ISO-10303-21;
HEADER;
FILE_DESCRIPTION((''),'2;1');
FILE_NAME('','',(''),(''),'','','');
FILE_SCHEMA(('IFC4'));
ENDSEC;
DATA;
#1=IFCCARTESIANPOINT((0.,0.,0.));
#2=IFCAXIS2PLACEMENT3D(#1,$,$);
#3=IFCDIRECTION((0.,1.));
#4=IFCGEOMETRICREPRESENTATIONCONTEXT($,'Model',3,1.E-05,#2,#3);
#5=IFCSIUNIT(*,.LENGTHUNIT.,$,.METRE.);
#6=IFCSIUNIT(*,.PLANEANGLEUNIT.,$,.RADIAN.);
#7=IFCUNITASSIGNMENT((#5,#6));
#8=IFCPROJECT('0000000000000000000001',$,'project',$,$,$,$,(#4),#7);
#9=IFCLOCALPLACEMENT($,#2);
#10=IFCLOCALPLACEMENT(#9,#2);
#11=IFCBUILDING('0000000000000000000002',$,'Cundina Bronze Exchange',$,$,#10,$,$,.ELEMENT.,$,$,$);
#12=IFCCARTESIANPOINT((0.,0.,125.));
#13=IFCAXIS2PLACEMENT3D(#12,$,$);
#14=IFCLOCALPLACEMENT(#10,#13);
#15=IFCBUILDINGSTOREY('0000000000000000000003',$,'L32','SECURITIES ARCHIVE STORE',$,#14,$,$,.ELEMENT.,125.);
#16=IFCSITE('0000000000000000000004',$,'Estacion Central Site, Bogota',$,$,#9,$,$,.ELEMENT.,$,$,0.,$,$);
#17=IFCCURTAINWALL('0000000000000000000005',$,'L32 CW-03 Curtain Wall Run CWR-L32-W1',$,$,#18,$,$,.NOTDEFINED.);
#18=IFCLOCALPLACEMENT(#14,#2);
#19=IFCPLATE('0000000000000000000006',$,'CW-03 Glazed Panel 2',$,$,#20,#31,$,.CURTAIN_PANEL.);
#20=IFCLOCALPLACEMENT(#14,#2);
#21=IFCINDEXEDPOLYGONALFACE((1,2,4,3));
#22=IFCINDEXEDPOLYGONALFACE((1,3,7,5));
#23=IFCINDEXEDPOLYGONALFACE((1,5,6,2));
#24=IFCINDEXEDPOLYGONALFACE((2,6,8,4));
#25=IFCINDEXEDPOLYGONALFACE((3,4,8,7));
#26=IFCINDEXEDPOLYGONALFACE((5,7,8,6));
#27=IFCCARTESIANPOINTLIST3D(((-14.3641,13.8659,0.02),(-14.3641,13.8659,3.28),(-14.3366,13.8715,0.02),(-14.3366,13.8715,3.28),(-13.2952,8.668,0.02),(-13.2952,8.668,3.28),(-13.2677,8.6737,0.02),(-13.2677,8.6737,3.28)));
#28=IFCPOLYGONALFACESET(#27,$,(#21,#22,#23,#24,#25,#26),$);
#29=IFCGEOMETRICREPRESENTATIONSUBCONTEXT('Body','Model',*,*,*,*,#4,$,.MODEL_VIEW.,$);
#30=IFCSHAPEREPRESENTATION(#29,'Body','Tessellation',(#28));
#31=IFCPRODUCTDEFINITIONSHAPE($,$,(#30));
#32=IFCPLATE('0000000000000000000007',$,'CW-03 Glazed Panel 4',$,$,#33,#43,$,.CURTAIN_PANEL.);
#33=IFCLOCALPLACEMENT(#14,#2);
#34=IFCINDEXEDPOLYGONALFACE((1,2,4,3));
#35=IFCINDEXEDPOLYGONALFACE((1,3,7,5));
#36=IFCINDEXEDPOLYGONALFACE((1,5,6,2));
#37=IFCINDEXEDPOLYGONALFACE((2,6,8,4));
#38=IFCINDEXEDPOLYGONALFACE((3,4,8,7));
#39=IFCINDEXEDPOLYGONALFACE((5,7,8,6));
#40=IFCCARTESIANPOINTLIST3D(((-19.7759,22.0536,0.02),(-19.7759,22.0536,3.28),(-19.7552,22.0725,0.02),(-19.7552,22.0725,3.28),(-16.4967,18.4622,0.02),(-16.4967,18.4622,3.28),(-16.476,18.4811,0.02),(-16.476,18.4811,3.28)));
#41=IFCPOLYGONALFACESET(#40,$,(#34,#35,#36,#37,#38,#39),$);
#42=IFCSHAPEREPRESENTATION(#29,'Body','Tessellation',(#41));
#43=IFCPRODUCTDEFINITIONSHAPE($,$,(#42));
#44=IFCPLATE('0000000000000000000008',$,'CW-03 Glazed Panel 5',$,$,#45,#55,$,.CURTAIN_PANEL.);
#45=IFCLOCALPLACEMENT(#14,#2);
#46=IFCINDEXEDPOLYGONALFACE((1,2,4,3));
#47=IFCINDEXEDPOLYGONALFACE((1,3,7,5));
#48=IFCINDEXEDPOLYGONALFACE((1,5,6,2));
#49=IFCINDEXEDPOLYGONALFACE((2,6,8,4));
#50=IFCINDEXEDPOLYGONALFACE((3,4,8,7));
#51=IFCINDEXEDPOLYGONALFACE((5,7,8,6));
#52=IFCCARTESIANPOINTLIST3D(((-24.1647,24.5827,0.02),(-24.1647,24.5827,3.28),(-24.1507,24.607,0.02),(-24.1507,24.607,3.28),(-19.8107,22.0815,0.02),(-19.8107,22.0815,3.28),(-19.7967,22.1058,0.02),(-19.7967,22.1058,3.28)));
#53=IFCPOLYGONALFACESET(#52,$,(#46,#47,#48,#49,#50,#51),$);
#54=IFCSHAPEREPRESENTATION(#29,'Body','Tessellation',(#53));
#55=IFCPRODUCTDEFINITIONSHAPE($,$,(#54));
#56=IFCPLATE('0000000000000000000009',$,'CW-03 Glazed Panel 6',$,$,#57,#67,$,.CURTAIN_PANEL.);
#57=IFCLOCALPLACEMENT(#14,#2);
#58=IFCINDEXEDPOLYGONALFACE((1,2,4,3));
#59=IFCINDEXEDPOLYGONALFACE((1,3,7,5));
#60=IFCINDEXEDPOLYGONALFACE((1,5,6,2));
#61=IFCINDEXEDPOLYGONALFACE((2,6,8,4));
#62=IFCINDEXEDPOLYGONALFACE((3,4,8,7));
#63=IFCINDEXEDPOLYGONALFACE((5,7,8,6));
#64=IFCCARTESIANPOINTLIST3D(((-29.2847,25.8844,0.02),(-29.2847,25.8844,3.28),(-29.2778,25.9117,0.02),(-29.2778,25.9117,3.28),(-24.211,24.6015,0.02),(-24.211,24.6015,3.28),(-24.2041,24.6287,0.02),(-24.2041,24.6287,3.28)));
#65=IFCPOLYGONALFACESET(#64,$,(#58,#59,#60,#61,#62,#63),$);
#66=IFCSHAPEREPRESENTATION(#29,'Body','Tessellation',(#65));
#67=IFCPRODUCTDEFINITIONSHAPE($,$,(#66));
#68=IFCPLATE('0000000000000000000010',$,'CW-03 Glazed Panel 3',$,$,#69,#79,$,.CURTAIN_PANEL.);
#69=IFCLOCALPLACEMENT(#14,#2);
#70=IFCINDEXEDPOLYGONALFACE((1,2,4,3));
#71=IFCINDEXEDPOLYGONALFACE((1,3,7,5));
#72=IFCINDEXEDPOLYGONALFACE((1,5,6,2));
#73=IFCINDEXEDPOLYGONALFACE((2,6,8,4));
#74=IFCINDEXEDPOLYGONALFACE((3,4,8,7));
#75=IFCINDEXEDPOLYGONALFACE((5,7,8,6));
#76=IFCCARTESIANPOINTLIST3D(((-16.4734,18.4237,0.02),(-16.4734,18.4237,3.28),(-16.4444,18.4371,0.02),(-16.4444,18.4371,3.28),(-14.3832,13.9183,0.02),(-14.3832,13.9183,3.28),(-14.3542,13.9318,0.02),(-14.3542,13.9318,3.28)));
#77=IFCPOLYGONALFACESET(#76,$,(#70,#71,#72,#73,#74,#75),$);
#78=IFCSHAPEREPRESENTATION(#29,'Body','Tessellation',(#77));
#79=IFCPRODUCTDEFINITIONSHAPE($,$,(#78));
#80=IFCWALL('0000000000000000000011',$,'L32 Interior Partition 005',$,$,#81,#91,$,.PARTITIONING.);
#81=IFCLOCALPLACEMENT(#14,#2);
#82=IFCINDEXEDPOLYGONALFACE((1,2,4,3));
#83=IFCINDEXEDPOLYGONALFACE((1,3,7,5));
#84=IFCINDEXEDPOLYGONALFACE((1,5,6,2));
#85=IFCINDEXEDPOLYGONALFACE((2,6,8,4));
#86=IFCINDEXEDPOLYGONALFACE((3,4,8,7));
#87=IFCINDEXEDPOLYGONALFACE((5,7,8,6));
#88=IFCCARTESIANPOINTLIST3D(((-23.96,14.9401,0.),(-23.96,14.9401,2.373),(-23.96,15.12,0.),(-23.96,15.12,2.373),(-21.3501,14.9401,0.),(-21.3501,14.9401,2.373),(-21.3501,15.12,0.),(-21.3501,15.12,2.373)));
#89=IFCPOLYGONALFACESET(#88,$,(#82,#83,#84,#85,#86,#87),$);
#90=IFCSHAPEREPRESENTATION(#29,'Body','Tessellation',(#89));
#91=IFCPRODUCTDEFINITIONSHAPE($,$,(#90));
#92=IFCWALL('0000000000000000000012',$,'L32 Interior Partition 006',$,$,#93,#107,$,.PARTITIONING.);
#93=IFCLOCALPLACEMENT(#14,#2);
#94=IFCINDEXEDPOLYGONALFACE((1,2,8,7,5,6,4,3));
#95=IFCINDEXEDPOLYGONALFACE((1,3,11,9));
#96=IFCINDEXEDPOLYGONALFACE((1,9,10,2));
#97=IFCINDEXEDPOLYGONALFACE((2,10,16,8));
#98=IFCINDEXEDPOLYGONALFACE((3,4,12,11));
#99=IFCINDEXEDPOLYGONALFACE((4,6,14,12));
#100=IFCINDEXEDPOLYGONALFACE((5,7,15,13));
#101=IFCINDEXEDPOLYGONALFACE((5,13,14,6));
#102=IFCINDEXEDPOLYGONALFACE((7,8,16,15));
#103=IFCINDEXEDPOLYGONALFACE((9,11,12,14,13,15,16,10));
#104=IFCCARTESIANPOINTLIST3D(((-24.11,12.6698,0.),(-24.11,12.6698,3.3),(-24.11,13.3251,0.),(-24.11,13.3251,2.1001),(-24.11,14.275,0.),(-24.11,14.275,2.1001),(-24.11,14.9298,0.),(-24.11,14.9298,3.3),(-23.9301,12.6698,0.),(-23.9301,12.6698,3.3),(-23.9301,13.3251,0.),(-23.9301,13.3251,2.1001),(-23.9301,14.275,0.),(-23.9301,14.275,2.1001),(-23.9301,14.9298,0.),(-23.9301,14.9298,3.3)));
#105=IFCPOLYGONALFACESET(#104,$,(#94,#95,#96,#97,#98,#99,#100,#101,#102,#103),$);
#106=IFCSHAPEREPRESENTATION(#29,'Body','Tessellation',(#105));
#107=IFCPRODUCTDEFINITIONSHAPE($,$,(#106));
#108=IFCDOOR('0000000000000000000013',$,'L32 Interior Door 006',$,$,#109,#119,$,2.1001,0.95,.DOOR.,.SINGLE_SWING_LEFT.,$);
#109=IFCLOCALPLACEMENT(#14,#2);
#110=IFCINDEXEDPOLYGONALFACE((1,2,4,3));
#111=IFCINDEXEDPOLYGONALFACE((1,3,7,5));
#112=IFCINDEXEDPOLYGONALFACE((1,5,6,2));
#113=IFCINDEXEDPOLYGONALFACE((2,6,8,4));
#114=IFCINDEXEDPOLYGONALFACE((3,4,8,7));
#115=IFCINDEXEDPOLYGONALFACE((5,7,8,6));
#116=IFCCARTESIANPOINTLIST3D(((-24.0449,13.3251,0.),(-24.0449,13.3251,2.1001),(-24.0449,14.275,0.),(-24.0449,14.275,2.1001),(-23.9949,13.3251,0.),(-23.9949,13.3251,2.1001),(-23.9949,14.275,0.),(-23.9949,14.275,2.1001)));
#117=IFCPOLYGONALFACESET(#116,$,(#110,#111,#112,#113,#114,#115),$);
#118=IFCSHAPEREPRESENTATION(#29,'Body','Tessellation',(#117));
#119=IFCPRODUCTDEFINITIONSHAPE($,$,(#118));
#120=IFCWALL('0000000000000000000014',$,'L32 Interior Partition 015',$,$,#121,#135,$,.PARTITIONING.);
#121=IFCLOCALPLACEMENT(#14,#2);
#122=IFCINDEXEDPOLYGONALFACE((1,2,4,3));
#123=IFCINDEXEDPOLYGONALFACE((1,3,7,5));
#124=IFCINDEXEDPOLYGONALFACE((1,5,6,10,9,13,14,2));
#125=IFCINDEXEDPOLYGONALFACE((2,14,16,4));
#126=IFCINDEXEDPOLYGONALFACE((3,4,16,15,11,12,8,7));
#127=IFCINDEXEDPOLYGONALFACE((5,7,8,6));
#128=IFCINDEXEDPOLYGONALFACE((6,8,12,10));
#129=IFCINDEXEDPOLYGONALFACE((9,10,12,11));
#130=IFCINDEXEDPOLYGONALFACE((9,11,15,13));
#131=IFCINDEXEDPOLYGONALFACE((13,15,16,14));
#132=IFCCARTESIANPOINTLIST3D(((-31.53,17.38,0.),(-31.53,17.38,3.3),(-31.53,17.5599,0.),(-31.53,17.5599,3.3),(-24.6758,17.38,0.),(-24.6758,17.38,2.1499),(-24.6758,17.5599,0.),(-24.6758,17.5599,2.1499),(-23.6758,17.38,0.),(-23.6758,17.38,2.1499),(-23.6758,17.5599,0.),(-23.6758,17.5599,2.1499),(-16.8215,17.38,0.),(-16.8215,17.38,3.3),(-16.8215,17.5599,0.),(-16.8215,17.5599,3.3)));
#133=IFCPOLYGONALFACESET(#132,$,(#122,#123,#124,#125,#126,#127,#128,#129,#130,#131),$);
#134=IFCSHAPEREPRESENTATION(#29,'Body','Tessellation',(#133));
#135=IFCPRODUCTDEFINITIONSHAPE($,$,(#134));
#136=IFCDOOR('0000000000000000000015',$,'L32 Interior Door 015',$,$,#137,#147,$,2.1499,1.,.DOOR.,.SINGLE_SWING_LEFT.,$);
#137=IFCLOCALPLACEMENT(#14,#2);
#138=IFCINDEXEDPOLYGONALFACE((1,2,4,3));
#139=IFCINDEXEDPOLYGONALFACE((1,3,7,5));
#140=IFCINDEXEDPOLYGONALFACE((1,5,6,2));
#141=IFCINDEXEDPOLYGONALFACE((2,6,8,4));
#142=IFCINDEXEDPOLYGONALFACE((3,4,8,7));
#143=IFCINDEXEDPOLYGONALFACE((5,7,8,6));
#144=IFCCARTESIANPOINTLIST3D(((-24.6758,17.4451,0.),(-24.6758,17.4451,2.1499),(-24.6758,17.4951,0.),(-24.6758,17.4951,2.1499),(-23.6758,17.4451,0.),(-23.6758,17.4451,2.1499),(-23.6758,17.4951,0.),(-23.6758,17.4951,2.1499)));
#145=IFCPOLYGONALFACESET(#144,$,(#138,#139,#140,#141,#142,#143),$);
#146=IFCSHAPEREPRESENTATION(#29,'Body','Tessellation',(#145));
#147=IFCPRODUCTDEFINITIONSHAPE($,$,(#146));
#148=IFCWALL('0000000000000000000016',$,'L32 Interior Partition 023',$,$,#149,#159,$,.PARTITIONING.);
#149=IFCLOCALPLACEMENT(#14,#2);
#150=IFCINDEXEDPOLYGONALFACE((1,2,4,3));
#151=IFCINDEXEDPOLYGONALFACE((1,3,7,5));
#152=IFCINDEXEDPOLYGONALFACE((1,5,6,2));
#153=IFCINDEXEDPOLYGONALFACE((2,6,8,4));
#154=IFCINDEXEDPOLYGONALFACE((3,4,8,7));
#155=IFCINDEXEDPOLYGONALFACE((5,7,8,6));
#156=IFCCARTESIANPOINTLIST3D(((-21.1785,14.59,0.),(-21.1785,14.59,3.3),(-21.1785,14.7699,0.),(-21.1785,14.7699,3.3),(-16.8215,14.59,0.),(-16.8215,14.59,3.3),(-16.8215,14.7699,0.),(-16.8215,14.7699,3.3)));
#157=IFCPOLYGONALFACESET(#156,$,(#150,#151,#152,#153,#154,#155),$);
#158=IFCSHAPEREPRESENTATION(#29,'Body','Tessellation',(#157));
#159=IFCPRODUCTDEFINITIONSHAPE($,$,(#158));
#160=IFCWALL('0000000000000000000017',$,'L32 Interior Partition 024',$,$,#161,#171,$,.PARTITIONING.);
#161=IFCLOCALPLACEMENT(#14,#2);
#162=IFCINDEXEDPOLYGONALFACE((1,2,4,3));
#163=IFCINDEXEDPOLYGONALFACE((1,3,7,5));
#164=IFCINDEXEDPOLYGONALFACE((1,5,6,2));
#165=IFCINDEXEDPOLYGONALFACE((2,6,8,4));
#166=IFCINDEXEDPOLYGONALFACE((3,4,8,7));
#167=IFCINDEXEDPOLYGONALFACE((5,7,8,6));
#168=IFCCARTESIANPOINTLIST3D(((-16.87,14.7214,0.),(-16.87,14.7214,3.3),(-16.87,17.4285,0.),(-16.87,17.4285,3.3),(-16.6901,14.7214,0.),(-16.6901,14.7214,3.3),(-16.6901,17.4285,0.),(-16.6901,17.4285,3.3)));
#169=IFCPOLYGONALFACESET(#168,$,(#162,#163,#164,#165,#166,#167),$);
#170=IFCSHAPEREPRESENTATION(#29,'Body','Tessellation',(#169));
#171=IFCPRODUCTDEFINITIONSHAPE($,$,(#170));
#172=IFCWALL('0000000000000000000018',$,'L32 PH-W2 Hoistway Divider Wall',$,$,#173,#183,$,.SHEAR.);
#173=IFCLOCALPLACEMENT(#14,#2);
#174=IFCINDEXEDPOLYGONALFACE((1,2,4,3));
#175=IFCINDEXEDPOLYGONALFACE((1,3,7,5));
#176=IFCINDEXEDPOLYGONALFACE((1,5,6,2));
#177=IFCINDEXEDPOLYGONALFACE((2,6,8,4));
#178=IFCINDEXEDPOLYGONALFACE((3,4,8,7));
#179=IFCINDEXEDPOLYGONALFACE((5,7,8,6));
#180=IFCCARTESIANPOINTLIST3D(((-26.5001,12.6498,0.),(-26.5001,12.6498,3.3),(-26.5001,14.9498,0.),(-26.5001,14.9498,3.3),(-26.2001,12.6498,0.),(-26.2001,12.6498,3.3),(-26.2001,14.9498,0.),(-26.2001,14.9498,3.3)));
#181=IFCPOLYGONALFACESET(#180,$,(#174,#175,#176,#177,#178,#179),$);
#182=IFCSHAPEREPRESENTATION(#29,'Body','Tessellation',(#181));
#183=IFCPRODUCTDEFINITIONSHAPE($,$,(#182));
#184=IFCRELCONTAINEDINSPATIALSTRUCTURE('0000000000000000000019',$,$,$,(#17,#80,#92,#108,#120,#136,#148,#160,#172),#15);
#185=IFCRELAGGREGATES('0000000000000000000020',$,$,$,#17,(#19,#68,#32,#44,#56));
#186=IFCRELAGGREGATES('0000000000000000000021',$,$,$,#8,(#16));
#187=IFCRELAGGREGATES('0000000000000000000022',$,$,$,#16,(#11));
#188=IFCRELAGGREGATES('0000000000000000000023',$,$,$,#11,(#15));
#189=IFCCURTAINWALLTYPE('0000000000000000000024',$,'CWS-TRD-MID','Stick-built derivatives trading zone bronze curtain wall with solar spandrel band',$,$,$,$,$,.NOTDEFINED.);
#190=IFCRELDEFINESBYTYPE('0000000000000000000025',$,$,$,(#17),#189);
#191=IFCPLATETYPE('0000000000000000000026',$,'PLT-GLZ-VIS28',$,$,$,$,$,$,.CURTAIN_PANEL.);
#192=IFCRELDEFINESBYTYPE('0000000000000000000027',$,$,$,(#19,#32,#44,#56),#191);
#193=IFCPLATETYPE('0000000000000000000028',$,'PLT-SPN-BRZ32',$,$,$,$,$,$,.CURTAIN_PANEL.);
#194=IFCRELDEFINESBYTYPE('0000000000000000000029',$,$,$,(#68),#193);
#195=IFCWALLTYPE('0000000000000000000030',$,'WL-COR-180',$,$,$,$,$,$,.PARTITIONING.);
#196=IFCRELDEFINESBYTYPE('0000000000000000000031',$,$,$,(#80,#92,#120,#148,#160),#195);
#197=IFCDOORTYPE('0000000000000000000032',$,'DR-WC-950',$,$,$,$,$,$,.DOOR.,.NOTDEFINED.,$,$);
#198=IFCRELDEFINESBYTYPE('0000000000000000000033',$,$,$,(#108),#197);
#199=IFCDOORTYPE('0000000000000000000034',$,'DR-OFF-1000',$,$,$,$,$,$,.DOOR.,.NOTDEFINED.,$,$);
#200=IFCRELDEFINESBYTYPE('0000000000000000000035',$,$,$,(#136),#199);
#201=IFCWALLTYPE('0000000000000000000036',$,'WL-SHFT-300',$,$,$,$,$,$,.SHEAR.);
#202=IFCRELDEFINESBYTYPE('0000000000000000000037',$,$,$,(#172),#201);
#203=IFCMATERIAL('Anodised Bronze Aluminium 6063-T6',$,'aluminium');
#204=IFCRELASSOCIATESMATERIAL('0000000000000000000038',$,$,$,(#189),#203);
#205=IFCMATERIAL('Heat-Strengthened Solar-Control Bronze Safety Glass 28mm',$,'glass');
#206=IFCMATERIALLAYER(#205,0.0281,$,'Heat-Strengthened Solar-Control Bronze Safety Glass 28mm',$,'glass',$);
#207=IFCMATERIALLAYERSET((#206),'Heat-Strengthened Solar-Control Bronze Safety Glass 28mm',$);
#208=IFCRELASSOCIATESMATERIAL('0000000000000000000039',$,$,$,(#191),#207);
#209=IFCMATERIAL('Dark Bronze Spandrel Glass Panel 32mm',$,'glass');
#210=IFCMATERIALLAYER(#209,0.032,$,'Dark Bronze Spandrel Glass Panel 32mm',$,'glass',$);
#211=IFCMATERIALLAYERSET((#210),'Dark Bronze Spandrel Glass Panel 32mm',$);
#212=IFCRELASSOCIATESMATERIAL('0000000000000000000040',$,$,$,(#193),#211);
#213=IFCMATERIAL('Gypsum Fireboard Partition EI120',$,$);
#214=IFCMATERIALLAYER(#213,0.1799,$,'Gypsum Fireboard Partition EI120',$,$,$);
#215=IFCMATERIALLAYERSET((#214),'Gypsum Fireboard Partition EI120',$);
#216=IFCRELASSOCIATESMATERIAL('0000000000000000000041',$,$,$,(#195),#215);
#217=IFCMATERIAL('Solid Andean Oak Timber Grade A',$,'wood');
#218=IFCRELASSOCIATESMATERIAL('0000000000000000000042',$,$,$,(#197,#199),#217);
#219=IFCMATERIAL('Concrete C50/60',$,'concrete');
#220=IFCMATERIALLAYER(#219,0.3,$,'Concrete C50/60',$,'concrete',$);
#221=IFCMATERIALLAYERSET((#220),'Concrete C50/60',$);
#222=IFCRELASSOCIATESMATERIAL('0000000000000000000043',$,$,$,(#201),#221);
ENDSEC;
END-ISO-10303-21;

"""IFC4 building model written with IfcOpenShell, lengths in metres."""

from ifc_helpers import new_model, si_unit, direction, frame, frame_2d, origin, origin_2d, place, context, subcontext, project, spatial, rectangle, extrude, material, layer, layer_set, type_object, element, fill, aggregate, save


model = new_model("IFC4")

# Units and contexts
model_context = context("Model", 3, precision=1e-05, world=origin(), true_north=direction((0.0, 1.0)))
body_context = subcontext(model_context, "Body", "Model", "MODEL_VIEW")
ifc_project = project(units=[si_unit("LENGTHUNIT", "METRE"), si_unit("PLANEANGLEUNIT", "RADIAN")], contexts=[model_context])

# Site, building, storey
site_placement = place(None, origin())
site = spatial("IfcSite", under=ifc_project, at=site_placement, Name="Estacion Central Site, Bogota", CompositionType="ELEMENT", RefElevation=0.0)
building_placement = place(site_placement, origin())
building = spatial("IfcBuilding", under=site, at=building_placement, Name="Cundina Bronze Exchange", CompositionType="ELEMENT")
storey_placement = place(building_placement, frame((0.0, 0.0, 125.0)))
storey = spatial("IfcBuildingStorey", under=building, at=storey_placement, Name="L32", Description="SECURITIES ARCHIVE STORE", CompositionType="ELEMENT", Elevation=125.0)

# Curtain wall, plates
ifc_material_1 = material(Name="Anodised Bronze Aluminium 6063-T6", Category="aluminium")
curtain_wall_type = type_object("IfcCurtainWallType", Name="CWS-TRD-MID", Description="Stick-built derivatives trading zone bronze curtain wall with solar spandrel band", PredefinedType="NOTDEFINED", material=ifc_material_1)
curtain_wall_placement = place(storey_placement, origin())
curtain_wall = element("IfcCurtainWall", 1, at=curtain_wall_placement, inside=storey, type_object=curtain_wall_type, Name="L32 CW-03 Curtain Wall Run CWR-L32-W1", PredefinedType="NOTDEFINED")
ifc_material_2 = material(Name="Heat-Strengthened Solar-Control Bronze Safety Glass 28mm", Category="glass")
ifc_layer_1 = layer(ifc_material_2, 0.0281, Name="Heat-Strengthened Solar-Control Bronze Safety Glass 28mm", Category="glass")
ifc_layer_set_1 = layer_set([ifc_layer_1], Name="Heat-Strengthened Solar-Control Bronze Safety Glass 28mm")
plate_type_1 = type_object("IfcPlateType", Name="PLT-GLZ-VIS28", PredefinedType="CURTAIN_PANEL", material=ifc_layer_set_1)
plate_1_placement = place(storey_placement, frame((-13.8159, 11.2698, 0.02), z_axis=(0.0, 0.0, 1.0), x_axis=(-0.20142, 0.979505, 0.0)))
plate_1 = element("IfcPlate", 2, at=plate_1_placement, type_object=plate_type_1, Name="CW-03 Glazed Panel 2", PredefinedType="CURTAIN_PANEL", context=body_context, shape_type="SweptSolid", body=[
    extrude(rectangle(XDim=5.3066, YDim=0.0281, at=origin_2d()), origin(), (0.0, 0.0, 1.0), 3.26),
])
plate_2_placement = place(storey_placement, frame((-18.126, 20.2673, 0.02), z_axis=(0.0, 0.0, 1.0), x_axis=(-0.674277, 0.738479, 0.0)))
plate_2 = element("IfcPlate", 3, at=plate_2_placement, type_object=plate_type_1, Name="CW-03 Glazed Panel 4", PredefinedType="CURTAIN_PANEL", context=body_context, shape_type="SweptSolid", body=[
    extrude(rectangle(XDim=4.8633, YDim=0.0281, at=origin_2d()), origin(), (0.0, 0.0, 1.0), 3.26),
])
plate_3_placement = place(storey_placement, frame((-21.9807, 23.3442, 0.02), z_axis=(0.0, 0.0, 1.0), x_axis=(-0.867105, 0.498125, 0.0)))
plate_3 = element("IfcPlate", 4, at=plate_3_placement, type_object=plate_type_1, Name="CW-03 Glazed Panel 5", PredefinedType="CURTAIN_PANEL", context=body_context, shape_type="SweptSolid", body=[
    extrude(rectangle(XDim=5.0212, YDim=0.0281, at=origin_2d()), origin(), (0.0, 0.0, 1.0), 3.26),
])
plate_4_placement = place(storey_placement, frame((-26.7444, 25.2566, 0.02), z_axis=(0.0, 0.0, 1.0), x_axis=(-0.969488, 0.245138, 0.0)))
plate_4 = element("IfcPlate", 5, at=plate_4_placement, type_object=plate_type_1, Name="CW-03 Glazed Panel 6", PredefinedType="CURTAIN_PANEL", context=body_context, shape_type="SweptSolid", body=[
    extrude(rectangle(XDim=5.2334, YDim=0.0281, at=origin_2d()), origin(), (0.0, 0.0, 1.0), 3.26),
])
ifc_material_3 = material(Name="Dark Bronze Spandrel Glass Panel 32mm", Category="glass")
ifc_layer_2 = layer(ifc_material_3, 0.032, Name="Dark Bronze Spandrel Glass Panel 32mm", Category="glass")
ifc_layer_set_2 = layer_set([ifc_layer_2], Name="Dark Bronze Spandrel Glass Panel 32mm")
plate_type_2 = type_object("IfcPlateType", Name="PLT-SPN-BRZ32", PredefinedType="CURTAIN_PANEL", material=ifc_layer_set_2)
plate_5_placement = place(storey_placement, frame((-15.4138, 16.1777, 0.02), z_axis=(0.0, 0.0, 1.0), x_axis=(-0.420846, 0.907132, 0.0)))
plate_5 = element("IfcPlate", 6, at=plate_5_placement, type_object=plate_type_2, Name="CW-03 Glazed Panel 3", PredefinedType="CURTAIN_PANEL", context=body_context, shape_type="SweptSolid", body=[
    extrude(rectangle(XDim=4.9666, YDim=0.032, at=origin_2d()), origin(), (0.0, 0.0, 1.0), 3.26),
])
aggregate(curtain_wall, [plate_1, plate_5, plate_2, plate_3, plate_4])

# Wall
ifc_material_4 = material(Name="Gypsum Fireboard Partition EI120")
ifc_layer_3 = layer(ifc_material_4, 0.1799, Name="Gypsum Fireboard Partition EI120")
ifc_layer_set_3 = layer_set([ifc_layer_3], Name="Gypsum Fireboard Partition EI120")
wall_type_1 = type_object("IfcWallType", Name="WL-COR-180", PredefinedType="PARTITIONING", material=ifc_layer_set_3)
wall_1_placement = place(storey_placement, frame((-23.96, 15.03, 0.0), z_axis=(0.0, 0.0, 1.0), x_axis=(1.0, 0.0, 0.0)))
element("IfcWall", 7, at=wall_1_placement, inside=storey, type_object=wall_type_1, Name="L32 Interior Partition 005", PredefinedType="PARTITIONING", context=body_context, shape_type="SweptSolid", body=[
    extrude(rectangle(XDim=2.6099, YDim=0.1799, at=frame_2d((1.3049, 0.0))), origin(), (0.0, 0.0, 1.0), 2.373),
])

# Walls, openings, doors
wall_2_placement = place(storey_placement, frame((-24.02, 12.6699, 0.0), z_axis=(0.0, 0.0, 1.0), x_axis=(0.0, 1.0, 0.0)))
wall_2 = element("IfcWall", 8, at=wall_2_placement, inside=storey, type_object=wall_type_1, Name="L32 Interior Partition 006", PredefinedType="PARTITIONING", context=body_context, shape_type="SweptSolid", body=[
    extrude(rectangle(XDim=2.26, YDim=0.1799, at=frame_2d((1.1299, 0.0))), origin(), (0.0, 0.0, 1.0), 3.3),
])
opening_1_placement = place(wall_2_placement, frame((0.655, 0.0, 0.0)))
opening_1 = element("IfcOpeningElement", 9, at=opening_1_placement, cuts=wall_2, PredefinedType="OPENING", context=body_context, shape_type="SweptSolid", body=[
    extrude(rectangle(XDim=0.95, YDim=2.1001, at=frame_2d((0.4751, 1.05))), frame((0.0, 0.0999, 0.0), z_axis=(0.0, -1.0, 0.0), x_axis=(1.0, 0.0, 0.0)), (0.0, 0.0, 1.0), 0.2),
])
ifc_material_5 = material(Name="Solid Andean Oak Timber Grade A", Category="wood")
door_type_1 = type_object("IfcDoorType", Name="DR-WC-950", OperationType="NOTDEFINED", PredefinedType="DOOR", material=ifc_material_5)
door_1_placement = place(opening_1_placement, origin())
door_1 = element("IfcDoor", 10, at=door_1_placement, inside=storey, type_object=door_type_1, Name="L32 Interior Door 006", OperationType="SINGLE_SWING_LEFT", OverallHeight=2.1001, OverallWidth=0.95, PredefinedType="DOOR", context=body_context, shape_type="SweptSolid", body=[
    extrude(rectangle(XDim=0.95, YDim=2.1001, at=frame_2d((0.4751, 1.05))), frame((0.0, 0.0249, 0.0), z_axis=(0.0, -1.0, 0.0), x_axis=(1.0, 0.0, 0.0)), (0.0, 0.0, 1.0), 0.05),
])
fill(opening_1, door_1)
wall_3_placement = place(storey_placement, frame((-16.8215, 17.47, 0.0), z_axis=(0.0, 0.0, 1.0), x_axis=(-1.0, 0.0, 0.0)))
wall_3 = element("IfcWall", 11, at=wall_3_placement, inside=storey, type_object=wall_type_1, Name="L32 Interior Partition 015", PredefinedType="PARTITIONING", context=body_context, shape_type="SweptSolid", body=[
    extrude(rectangle(XDim=14.7085, YDim=0.1799, at=frame_2d((7.3542, 0.0))), origin(), (0.0, 0.0, 1.0), 3.3),
])
opening_2_placement = place(wall_3_placement, frame((6.8542, 0.0, 0.0)))
opening_2 = element("IfcOpeningElement", 12, at=opening_2_placement, cuts=wall_3, PredefinedType="OPENING", context=body_context, shape_type="SweptSolid", body=[
    extrude(rectangle(XDim=1.0, YDim=2.1499, at=frame_2d((0.5, 1.075))), frame((0.0, 0.0999, 0.0), z_axis=(0.0, -1.0, 0.0), x_axis=(1.0, 0.0, 0.0)), (0.0, 0.0, 1.0), 0.2),
])
door_type_2 = type_object("IfcDoorType", Name="DR-OFF-1000", OperationType="NOTDEFINED", PredefinedType="DOOR", material=ifc_material_5)
door_2_placement = place(opening_2_placement, origin())
door_2 = element("IfcDoor", 13, at=door_2_placement, inside=storey, type_object=door_type_2, Name="L32 Interior Door 015", OperationType="SINGLE_SWING_LEFT", OverallHeight=2.1499, OverallWidth=1.0, PredefinedType="DOOR", context=body_context, shape_type="SweptSolid", body=[
    extrude(rectangle(XDim=1.0, YDim=2.1499, at=frame_2d((0.5, 1.075))), frame((0.0, 0.0249, 0.0), z_axis=(0.0, -1.0, 0.0), x_axis=(1.0, 0.0, 0.0)), (0.0, 0.0, 1.0), 0.05),
])
fill(opening_2, door_2)

# Walls
wall_4_placement = place(storey_placement, frame((-21.1785, 14.6799, 0.0), z_axis=(0.0, 0.0, 1.0), x_axis=(1.0, 0.0, 0.0)))
element("IfcWall", 14, at=wall_4_placement, inside=storey, type_object=wall_type_1, Name="L32 Interior Partition 023", PredefinedType="PARTITIONING", context=body_context, shape_type="SweptSolid", body=[
    extrude(rectangle(XDim=4.3569, YDim=0.1799, at=frame_2d((2.1785, 0.0))), origin(), (0.0, 0.0, 1.0), 3.3),
])
wall_5_placement = place(storey_placement, frame((-16.78, 14.7214, 0.0), z_axis=(0.0, 0.0, 1.0), x_axis=(0.0, 1.0, 0.0)))
element("IfcWall", 15, at=wall_5_placement, inside=storey, type_object=wall_type_1, Name="L32 Interior Partition 024", PredefinedType="PARTITIONING", context=body_context, shape_type="SweptSolid", body=[
    extrude(rectangle(XDim=2.707, YDim=0.1799, at=frame_2d((1.3535, 0.0))), origin(), (0.0, 0.0, 1.0), 3.3),
])

# Shared definitions
ifc_material_6 = material(Name="Concrete C50/60", Category="concrete")
ifc_layer_4 = layer(ifc_material_6, 0.3, Name="Concrete C50/60", Category="concrete")
ifc_layer_set_4 = layer_set([ifc_layer_4], Name="Concrete C50/60")
wall_type_2 = type_object("IfcWallType", Name="WL-SHFT-300", PredefinedType="SHEAR", material=ifc_layer_set_4)

# Wall
wall_6_placement = place(storey_placement, frame((-26.3501, 12.6499, 0.0), z_axis=(0.0, 0.0, 1.0), x_axis=(0.0, 1.0, 0.0)))
element("IfcWall", 16, at=wall_6_placement, inside=storey, type_object=wall_type_2, Name="L32 PH-W2 Hoistway Divider Wall", PredefinedType="SHEAR", context=body_context, shape_type="SweptSolid", body=[
    extrude(rectangle(XDim=2.3, YDim=0.3, at=frame_2d((1.1499, 0.0))), origin(), (0.0, 0.0, 1.0), 3.3),
])

save(model, "model.ifc")
